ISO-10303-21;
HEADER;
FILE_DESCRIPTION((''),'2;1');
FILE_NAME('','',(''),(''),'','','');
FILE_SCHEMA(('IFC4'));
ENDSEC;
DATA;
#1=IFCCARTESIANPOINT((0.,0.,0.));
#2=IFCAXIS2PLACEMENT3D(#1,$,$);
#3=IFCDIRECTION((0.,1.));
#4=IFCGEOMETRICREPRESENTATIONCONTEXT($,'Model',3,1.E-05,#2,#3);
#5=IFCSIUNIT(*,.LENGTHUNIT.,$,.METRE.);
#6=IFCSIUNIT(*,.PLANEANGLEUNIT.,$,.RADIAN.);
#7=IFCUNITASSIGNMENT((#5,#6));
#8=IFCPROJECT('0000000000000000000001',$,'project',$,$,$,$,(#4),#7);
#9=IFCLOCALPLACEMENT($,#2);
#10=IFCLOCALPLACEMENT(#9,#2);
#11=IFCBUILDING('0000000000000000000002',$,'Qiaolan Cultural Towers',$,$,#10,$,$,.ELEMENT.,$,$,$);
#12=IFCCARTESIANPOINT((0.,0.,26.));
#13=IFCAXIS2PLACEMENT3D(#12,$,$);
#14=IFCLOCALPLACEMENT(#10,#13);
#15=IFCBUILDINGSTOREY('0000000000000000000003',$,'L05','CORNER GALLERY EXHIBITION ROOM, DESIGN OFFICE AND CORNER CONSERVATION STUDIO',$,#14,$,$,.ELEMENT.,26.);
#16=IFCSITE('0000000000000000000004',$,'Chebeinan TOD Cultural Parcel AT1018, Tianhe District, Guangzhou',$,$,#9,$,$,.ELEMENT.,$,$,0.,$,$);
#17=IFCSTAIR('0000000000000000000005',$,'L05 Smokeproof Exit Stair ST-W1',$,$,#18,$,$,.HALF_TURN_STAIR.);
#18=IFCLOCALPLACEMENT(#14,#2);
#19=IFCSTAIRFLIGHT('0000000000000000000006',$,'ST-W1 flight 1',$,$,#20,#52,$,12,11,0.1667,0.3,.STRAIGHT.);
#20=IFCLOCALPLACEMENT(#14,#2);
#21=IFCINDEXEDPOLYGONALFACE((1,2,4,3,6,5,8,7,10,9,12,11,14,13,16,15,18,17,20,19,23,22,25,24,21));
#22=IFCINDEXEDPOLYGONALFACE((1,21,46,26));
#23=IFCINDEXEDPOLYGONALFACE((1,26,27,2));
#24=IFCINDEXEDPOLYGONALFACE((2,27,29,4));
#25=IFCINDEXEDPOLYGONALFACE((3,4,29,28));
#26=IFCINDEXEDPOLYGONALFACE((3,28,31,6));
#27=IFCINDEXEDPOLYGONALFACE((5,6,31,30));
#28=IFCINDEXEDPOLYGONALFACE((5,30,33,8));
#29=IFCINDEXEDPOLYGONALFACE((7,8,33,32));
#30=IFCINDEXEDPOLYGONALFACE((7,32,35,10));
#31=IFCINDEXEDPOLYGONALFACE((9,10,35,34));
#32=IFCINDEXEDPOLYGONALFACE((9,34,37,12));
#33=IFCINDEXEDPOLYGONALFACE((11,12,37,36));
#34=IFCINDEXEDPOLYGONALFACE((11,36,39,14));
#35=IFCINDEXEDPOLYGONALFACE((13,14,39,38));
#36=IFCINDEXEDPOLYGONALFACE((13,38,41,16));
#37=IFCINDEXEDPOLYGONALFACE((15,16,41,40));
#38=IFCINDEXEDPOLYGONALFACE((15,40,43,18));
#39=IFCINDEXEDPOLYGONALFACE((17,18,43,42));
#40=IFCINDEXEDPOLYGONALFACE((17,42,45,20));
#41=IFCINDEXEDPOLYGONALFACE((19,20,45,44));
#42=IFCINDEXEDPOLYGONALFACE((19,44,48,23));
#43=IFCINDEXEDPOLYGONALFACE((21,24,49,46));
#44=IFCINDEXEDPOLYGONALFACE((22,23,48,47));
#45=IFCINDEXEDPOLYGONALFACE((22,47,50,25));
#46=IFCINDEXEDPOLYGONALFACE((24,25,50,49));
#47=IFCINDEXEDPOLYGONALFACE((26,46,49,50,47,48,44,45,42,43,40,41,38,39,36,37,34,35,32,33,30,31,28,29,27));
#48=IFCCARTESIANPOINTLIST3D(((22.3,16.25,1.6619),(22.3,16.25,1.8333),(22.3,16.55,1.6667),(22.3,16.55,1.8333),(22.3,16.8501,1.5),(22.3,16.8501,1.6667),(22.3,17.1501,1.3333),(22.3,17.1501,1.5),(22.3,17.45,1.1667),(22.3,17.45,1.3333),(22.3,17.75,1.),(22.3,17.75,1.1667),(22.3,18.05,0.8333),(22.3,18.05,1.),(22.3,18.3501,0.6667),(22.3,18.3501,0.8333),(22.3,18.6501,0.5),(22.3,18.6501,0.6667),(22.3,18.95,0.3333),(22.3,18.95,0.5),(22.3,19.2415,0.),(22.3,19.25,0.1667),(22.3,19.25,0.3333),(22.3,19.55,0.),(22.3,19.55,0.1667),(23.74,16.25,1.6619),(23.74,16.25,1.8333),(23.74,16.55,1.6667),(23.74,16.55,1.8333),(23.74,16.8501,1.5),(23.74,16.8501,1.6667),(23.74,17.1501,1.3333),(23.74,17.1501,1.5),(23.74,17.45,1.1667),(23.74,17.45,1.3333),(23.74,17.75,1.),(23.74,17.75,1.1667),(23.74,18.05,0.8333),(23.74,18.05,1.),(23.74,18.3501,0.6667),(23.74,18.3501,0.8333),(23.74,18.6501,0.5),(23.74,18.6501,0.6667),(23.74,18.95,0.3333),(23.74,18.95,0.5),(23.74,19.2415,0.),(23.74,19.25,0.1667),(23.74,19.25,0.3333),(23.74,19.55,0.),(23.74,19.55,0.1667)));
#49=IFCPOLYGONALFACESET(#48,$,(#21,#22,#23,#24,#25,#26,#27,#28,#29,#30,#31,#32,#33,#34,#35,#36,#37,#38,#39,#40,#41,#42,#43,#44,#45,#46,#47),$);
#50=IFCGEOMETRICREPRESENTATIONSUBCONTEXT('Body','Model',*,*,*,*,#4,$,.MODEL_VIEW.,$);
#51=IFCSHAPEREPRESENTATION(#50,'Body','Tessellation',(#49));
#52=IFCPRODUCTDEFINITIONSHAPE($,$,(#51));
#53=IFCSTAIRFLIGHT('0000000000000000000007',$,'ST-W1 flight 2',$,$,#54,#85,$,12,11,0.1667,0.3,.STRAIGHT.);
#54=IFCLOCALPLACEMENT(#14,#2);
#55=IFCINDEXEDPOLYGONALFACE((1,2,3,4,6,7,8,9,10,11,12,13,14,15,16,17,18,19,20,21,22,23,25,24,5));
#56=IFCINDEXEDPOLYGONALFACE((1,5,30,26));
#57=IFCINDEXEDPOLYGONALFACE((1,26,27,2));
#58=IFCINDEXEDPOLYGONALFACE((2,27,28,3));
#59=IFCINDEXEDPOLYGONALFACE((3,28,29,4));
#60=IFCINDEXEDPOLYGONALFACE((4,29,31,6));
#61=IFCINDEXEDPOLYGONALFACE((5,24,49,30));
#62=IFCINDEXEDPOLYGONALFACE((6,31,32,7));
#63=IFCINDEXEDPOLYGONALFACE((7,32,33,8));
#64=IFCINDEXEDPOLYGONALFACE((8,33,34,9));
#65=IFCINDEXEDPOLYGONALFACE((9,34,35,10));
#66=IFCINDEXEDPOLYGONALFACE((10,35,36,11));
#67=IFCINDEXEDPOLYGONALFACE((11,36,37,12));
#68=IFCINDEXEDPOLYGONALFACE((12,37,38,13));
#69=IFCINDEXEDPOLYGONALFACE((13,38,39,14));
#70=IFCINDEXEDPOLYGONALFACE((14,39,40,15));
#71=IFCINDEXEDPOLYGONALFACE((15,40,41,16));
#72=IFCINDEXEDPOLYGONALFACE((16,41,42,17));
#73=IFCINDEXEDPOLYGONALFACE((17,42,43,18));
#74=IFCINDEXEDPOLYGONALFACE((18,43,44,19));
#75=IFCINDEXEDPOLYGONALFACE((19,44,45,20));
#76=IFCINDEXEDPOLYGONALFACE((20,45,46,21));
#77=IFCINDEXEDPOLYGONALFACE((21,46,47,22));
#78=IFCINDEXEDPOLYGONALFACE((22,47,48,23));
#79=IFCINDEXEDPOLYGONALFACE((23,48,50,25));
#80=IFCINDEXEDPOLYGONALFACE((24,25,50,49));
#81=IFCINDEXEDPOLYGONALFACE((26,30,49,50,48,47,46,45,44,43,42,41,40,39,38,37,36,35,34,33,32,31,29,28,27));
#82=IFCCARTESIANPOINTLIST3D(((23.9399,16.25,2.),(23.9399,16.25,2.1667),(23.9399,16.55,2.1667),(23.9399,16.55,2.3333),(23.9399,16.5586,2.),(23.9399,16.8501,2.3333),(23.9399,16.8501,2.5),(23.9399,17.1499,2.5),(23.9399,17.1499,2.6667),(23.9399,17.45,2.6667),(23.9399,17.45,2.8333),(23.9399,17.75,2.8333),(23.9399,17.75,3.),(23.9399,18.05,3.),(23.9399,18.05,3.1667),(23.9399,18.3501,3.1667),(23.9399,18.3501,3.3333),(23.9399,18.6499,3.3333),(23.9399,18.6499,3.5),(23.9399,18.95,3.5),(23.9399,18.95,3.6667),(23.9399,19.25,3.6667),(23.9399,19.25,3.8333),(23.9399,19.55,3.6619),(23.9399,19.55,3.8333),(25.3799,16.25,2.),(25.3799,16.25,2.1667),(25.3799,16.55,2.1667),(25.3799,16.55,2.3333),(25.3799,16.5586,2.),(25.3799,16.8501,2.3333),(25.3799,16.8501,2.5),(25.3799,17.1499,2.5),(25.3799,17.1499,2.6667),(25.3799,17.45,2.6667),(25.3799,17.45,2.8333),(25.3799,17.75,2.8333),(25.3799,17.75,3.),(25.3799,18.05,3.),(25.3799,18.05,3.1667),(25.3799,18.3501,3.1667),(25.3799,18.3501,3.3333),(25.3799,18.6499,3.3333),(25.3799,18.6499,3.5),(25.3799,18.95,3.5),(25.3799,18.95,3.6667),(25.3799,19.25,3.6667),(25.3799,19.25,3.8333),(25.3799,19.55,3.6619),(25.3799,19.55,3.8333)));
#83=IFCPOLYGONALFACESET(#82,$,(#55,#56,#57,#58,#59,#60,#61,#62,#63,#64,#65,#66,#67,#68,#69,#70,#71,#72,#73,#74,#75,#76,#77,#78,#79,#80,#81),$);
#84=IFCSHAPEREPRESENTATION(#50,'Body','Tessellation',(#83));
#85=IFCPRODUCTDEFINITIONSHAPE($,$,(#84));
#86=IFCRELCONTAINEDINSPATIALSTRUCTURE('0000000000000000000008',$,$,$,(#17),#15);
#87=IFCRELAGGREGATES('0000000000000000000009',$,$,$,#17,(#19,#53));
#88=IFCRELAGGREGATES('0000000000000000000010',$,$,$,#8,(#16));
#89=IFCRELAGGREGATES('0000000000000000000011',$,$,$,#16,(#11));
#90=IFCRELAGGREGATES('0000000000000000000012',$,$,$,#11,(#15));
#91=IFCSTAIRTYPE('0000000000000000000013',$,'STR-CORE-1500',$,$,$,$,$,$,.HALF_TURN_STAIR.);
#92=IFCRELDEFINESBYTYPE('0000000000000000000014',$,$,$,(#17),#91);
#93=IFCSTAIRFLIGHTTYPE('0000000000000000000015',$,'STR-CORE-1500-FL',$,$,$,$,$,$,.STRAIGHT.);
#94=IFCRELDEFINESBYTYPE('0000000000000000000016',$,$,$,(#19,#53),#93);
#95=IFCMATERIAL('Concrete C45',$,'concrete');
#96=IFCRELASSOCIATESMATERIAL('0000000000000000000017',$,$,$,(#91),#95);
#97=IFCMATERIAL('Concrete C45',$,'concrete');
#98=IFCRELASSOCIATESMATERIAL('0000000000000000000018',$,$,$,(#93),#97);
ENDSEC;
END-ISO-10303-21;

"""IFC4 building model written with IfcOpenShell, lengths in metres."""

from ifc_helpers import new_model, si_unit, direction, frame, origin, place, context, subcontext, project, spatial, polyline, outline, extrude, material, type_object, element, aggregate, save


model = new_model("IFC4")

# Units and contexts
model_context = context("Model", 3, precision=1e-05, world=origin(), true_north=direction((0.0, 1.0)))
body_context = subcontext(model_context, "Body", "Model", "MODEL_VIEW")
ifc_project = project(units=[si_unit("LENGTHUNIT", "METRE"), si_unit("PLANEANGLEUNIT", "RADIAN")], contexts=[model_context])

# Site, building, storey
site_placement = place(None, origin())
site = spatial("IfcSite", under=ifc_project, at=site_placement, Name="Chebeinan TOD Cultural Parcel AT1018, Tianhe District, Guangzhou", CompositionType="ELEMENT", RefElevation=0.0)
building_placement = place(site_placement, origin())
building = spatial("IfcBuilding", under=site, at=building_placement, Name="Qiaolan Cultural Towers", CompositionType="ELEMENT")
storey_placement = place(building_placement, frame((0.0, 0.0, 26.0)))
storey = spatial("IfcBuildingStorey", under=building, at=storey_placement, Name="L05", Description="CORNER GALLERY EXHIBITION ROOM, DESIGN OFFICE AND CORNER CONSERVATION STUDIO", CompositionType="ELEMENT", Elevation=26.0)

# Stair, stair flights
ifc_material_1 = material(Name="Concrete C45", Category="concrete")
stair_type = type_object("IfcStairType", Name="STR-CORE-1500", PredefinedType="HALF_TURN_STAIR", material=ifc_material_1)
stair_placement = place(storey_placement, origin())
stair = element("IfcStair", 1, at=stair_placement, inside=storey, type_object=stair_type, Name="L05 Smokeproof Exit Stair ST-W1", PredefinedType="HALF_TURN_STAIR")
ifc_material_2 = material(Name="Concrete C45", Category="concrete")
stair_flight_type = type_object("IfcStairFlightType", Name="STR-CORE-1500-FL", PredefinedType="STRAIGHT", material=ifc_material_2)
stair_flight_1_placement = place(storey_placement, frame((23.02, 19.55, 0.0), z_axis=(0.0, 0.0, 1.0), x_axis=(0.0, -1.0, 0.0)))
stair_flight_1 = element("IfcStairFlight", 2, at=stair_flight_1_placement, type_object=stair_flight_type, Name="ST-W1 flight 1", NumberOfRisers=12, NumberOfTreads=11, PredefinedType="STRAIGHT", RiserHeight=0.1667, TreadLength=0.3, context=body_context, shape_type="SweptSolid", body=[
    extrude(outline(polyline([(0.0, 0.0), (0.0, 0.1667), (0.3, 0.1667), (0.3, 0.3333), (0.6001, 0.3333), (0.6001, 0.5), (0.8999, 0.5), (0.8999, 0.6667), (1.2, 0.6667), (1.2, 0.8333), (1.5, 0.8333), (1.5, 1.0), (1.8, 1.0), (1.8, 1.1667), (2.1001, 1.1667), (2.1001, 1.3333), (2.3999, 1.3333), (2.3999, 1.5), (2.7, 1.5), (2.7, 1.6667), (3.0, 1.6667), (3.0, 1.8333), (3.3, 1.8333), (3.3, 2.0), (3.3, 1.6619), (0.3086, 0.0), (0.0, 0.0)])), frame((0.0, 0.72, 0.0), z_axis=(0.0, -1.0, 0.0), x_axis=(1.0, 0.0, 0.0)), (0.0, 0.0, 1.0), 1.4399),
])
stair_flight_2_placement = place(storey_placement, frame((24.6599, 16.25, 2.0), z_axis=(0.0, 0.0, 1.0), x_axis=(0.0, 1.0, 0.0)))
stair_flight_2 = element("IfcStairFlight", 3, at=stair_flight_2_placement, type_object=stair_flight_type, Name="ST-W1 flight 2", NumberOfRisers=12, NumberOfTreads=11, PredefinedType="STRAIGHT", RiserHeight=0.1667, TreadLength=0.3, context=body_context, shape_type="SweptSolid", body=[
    extrude(outline(polyline([(0.0, 0.0), (0.0, 0.1667), (0.3, 0.1667), (0.3, 0.3333), (0.6001, 0.3333), (0.6001, 0.5), (0.8999, 0.5), (0.8999, 0.6667), (1.2, 0.6667), (1.2, 0.8333), (1.5, 0.8333), (1.5, 1.0), (1.8, 1.0), (1.8, 1.1667), (2.1001, 1.1667), (2.1001, 1.3333), (2.3999, 1.3333), (2.3999, 1.5), (2.7, 1.5), (2.7, 1.6667), (3.0, 1.6667), (3.0, 1.8333), (3.3, 1.8333), (3.3, 2.0), (3.3, 1.6619), (0.3086, 0.0), (0.0, 0.0)])), frame((0.0, 0.72, 0.0), z_axis=(0.0, -1.0, 0.0), x_axis=(1.0, 0.0, 0.0)), (0.0, 0.0, 1.0), 1.4399),
])
aggregate(stair, [stair_flight_1, stair_flight_2])

save(model, "model.ifc")
